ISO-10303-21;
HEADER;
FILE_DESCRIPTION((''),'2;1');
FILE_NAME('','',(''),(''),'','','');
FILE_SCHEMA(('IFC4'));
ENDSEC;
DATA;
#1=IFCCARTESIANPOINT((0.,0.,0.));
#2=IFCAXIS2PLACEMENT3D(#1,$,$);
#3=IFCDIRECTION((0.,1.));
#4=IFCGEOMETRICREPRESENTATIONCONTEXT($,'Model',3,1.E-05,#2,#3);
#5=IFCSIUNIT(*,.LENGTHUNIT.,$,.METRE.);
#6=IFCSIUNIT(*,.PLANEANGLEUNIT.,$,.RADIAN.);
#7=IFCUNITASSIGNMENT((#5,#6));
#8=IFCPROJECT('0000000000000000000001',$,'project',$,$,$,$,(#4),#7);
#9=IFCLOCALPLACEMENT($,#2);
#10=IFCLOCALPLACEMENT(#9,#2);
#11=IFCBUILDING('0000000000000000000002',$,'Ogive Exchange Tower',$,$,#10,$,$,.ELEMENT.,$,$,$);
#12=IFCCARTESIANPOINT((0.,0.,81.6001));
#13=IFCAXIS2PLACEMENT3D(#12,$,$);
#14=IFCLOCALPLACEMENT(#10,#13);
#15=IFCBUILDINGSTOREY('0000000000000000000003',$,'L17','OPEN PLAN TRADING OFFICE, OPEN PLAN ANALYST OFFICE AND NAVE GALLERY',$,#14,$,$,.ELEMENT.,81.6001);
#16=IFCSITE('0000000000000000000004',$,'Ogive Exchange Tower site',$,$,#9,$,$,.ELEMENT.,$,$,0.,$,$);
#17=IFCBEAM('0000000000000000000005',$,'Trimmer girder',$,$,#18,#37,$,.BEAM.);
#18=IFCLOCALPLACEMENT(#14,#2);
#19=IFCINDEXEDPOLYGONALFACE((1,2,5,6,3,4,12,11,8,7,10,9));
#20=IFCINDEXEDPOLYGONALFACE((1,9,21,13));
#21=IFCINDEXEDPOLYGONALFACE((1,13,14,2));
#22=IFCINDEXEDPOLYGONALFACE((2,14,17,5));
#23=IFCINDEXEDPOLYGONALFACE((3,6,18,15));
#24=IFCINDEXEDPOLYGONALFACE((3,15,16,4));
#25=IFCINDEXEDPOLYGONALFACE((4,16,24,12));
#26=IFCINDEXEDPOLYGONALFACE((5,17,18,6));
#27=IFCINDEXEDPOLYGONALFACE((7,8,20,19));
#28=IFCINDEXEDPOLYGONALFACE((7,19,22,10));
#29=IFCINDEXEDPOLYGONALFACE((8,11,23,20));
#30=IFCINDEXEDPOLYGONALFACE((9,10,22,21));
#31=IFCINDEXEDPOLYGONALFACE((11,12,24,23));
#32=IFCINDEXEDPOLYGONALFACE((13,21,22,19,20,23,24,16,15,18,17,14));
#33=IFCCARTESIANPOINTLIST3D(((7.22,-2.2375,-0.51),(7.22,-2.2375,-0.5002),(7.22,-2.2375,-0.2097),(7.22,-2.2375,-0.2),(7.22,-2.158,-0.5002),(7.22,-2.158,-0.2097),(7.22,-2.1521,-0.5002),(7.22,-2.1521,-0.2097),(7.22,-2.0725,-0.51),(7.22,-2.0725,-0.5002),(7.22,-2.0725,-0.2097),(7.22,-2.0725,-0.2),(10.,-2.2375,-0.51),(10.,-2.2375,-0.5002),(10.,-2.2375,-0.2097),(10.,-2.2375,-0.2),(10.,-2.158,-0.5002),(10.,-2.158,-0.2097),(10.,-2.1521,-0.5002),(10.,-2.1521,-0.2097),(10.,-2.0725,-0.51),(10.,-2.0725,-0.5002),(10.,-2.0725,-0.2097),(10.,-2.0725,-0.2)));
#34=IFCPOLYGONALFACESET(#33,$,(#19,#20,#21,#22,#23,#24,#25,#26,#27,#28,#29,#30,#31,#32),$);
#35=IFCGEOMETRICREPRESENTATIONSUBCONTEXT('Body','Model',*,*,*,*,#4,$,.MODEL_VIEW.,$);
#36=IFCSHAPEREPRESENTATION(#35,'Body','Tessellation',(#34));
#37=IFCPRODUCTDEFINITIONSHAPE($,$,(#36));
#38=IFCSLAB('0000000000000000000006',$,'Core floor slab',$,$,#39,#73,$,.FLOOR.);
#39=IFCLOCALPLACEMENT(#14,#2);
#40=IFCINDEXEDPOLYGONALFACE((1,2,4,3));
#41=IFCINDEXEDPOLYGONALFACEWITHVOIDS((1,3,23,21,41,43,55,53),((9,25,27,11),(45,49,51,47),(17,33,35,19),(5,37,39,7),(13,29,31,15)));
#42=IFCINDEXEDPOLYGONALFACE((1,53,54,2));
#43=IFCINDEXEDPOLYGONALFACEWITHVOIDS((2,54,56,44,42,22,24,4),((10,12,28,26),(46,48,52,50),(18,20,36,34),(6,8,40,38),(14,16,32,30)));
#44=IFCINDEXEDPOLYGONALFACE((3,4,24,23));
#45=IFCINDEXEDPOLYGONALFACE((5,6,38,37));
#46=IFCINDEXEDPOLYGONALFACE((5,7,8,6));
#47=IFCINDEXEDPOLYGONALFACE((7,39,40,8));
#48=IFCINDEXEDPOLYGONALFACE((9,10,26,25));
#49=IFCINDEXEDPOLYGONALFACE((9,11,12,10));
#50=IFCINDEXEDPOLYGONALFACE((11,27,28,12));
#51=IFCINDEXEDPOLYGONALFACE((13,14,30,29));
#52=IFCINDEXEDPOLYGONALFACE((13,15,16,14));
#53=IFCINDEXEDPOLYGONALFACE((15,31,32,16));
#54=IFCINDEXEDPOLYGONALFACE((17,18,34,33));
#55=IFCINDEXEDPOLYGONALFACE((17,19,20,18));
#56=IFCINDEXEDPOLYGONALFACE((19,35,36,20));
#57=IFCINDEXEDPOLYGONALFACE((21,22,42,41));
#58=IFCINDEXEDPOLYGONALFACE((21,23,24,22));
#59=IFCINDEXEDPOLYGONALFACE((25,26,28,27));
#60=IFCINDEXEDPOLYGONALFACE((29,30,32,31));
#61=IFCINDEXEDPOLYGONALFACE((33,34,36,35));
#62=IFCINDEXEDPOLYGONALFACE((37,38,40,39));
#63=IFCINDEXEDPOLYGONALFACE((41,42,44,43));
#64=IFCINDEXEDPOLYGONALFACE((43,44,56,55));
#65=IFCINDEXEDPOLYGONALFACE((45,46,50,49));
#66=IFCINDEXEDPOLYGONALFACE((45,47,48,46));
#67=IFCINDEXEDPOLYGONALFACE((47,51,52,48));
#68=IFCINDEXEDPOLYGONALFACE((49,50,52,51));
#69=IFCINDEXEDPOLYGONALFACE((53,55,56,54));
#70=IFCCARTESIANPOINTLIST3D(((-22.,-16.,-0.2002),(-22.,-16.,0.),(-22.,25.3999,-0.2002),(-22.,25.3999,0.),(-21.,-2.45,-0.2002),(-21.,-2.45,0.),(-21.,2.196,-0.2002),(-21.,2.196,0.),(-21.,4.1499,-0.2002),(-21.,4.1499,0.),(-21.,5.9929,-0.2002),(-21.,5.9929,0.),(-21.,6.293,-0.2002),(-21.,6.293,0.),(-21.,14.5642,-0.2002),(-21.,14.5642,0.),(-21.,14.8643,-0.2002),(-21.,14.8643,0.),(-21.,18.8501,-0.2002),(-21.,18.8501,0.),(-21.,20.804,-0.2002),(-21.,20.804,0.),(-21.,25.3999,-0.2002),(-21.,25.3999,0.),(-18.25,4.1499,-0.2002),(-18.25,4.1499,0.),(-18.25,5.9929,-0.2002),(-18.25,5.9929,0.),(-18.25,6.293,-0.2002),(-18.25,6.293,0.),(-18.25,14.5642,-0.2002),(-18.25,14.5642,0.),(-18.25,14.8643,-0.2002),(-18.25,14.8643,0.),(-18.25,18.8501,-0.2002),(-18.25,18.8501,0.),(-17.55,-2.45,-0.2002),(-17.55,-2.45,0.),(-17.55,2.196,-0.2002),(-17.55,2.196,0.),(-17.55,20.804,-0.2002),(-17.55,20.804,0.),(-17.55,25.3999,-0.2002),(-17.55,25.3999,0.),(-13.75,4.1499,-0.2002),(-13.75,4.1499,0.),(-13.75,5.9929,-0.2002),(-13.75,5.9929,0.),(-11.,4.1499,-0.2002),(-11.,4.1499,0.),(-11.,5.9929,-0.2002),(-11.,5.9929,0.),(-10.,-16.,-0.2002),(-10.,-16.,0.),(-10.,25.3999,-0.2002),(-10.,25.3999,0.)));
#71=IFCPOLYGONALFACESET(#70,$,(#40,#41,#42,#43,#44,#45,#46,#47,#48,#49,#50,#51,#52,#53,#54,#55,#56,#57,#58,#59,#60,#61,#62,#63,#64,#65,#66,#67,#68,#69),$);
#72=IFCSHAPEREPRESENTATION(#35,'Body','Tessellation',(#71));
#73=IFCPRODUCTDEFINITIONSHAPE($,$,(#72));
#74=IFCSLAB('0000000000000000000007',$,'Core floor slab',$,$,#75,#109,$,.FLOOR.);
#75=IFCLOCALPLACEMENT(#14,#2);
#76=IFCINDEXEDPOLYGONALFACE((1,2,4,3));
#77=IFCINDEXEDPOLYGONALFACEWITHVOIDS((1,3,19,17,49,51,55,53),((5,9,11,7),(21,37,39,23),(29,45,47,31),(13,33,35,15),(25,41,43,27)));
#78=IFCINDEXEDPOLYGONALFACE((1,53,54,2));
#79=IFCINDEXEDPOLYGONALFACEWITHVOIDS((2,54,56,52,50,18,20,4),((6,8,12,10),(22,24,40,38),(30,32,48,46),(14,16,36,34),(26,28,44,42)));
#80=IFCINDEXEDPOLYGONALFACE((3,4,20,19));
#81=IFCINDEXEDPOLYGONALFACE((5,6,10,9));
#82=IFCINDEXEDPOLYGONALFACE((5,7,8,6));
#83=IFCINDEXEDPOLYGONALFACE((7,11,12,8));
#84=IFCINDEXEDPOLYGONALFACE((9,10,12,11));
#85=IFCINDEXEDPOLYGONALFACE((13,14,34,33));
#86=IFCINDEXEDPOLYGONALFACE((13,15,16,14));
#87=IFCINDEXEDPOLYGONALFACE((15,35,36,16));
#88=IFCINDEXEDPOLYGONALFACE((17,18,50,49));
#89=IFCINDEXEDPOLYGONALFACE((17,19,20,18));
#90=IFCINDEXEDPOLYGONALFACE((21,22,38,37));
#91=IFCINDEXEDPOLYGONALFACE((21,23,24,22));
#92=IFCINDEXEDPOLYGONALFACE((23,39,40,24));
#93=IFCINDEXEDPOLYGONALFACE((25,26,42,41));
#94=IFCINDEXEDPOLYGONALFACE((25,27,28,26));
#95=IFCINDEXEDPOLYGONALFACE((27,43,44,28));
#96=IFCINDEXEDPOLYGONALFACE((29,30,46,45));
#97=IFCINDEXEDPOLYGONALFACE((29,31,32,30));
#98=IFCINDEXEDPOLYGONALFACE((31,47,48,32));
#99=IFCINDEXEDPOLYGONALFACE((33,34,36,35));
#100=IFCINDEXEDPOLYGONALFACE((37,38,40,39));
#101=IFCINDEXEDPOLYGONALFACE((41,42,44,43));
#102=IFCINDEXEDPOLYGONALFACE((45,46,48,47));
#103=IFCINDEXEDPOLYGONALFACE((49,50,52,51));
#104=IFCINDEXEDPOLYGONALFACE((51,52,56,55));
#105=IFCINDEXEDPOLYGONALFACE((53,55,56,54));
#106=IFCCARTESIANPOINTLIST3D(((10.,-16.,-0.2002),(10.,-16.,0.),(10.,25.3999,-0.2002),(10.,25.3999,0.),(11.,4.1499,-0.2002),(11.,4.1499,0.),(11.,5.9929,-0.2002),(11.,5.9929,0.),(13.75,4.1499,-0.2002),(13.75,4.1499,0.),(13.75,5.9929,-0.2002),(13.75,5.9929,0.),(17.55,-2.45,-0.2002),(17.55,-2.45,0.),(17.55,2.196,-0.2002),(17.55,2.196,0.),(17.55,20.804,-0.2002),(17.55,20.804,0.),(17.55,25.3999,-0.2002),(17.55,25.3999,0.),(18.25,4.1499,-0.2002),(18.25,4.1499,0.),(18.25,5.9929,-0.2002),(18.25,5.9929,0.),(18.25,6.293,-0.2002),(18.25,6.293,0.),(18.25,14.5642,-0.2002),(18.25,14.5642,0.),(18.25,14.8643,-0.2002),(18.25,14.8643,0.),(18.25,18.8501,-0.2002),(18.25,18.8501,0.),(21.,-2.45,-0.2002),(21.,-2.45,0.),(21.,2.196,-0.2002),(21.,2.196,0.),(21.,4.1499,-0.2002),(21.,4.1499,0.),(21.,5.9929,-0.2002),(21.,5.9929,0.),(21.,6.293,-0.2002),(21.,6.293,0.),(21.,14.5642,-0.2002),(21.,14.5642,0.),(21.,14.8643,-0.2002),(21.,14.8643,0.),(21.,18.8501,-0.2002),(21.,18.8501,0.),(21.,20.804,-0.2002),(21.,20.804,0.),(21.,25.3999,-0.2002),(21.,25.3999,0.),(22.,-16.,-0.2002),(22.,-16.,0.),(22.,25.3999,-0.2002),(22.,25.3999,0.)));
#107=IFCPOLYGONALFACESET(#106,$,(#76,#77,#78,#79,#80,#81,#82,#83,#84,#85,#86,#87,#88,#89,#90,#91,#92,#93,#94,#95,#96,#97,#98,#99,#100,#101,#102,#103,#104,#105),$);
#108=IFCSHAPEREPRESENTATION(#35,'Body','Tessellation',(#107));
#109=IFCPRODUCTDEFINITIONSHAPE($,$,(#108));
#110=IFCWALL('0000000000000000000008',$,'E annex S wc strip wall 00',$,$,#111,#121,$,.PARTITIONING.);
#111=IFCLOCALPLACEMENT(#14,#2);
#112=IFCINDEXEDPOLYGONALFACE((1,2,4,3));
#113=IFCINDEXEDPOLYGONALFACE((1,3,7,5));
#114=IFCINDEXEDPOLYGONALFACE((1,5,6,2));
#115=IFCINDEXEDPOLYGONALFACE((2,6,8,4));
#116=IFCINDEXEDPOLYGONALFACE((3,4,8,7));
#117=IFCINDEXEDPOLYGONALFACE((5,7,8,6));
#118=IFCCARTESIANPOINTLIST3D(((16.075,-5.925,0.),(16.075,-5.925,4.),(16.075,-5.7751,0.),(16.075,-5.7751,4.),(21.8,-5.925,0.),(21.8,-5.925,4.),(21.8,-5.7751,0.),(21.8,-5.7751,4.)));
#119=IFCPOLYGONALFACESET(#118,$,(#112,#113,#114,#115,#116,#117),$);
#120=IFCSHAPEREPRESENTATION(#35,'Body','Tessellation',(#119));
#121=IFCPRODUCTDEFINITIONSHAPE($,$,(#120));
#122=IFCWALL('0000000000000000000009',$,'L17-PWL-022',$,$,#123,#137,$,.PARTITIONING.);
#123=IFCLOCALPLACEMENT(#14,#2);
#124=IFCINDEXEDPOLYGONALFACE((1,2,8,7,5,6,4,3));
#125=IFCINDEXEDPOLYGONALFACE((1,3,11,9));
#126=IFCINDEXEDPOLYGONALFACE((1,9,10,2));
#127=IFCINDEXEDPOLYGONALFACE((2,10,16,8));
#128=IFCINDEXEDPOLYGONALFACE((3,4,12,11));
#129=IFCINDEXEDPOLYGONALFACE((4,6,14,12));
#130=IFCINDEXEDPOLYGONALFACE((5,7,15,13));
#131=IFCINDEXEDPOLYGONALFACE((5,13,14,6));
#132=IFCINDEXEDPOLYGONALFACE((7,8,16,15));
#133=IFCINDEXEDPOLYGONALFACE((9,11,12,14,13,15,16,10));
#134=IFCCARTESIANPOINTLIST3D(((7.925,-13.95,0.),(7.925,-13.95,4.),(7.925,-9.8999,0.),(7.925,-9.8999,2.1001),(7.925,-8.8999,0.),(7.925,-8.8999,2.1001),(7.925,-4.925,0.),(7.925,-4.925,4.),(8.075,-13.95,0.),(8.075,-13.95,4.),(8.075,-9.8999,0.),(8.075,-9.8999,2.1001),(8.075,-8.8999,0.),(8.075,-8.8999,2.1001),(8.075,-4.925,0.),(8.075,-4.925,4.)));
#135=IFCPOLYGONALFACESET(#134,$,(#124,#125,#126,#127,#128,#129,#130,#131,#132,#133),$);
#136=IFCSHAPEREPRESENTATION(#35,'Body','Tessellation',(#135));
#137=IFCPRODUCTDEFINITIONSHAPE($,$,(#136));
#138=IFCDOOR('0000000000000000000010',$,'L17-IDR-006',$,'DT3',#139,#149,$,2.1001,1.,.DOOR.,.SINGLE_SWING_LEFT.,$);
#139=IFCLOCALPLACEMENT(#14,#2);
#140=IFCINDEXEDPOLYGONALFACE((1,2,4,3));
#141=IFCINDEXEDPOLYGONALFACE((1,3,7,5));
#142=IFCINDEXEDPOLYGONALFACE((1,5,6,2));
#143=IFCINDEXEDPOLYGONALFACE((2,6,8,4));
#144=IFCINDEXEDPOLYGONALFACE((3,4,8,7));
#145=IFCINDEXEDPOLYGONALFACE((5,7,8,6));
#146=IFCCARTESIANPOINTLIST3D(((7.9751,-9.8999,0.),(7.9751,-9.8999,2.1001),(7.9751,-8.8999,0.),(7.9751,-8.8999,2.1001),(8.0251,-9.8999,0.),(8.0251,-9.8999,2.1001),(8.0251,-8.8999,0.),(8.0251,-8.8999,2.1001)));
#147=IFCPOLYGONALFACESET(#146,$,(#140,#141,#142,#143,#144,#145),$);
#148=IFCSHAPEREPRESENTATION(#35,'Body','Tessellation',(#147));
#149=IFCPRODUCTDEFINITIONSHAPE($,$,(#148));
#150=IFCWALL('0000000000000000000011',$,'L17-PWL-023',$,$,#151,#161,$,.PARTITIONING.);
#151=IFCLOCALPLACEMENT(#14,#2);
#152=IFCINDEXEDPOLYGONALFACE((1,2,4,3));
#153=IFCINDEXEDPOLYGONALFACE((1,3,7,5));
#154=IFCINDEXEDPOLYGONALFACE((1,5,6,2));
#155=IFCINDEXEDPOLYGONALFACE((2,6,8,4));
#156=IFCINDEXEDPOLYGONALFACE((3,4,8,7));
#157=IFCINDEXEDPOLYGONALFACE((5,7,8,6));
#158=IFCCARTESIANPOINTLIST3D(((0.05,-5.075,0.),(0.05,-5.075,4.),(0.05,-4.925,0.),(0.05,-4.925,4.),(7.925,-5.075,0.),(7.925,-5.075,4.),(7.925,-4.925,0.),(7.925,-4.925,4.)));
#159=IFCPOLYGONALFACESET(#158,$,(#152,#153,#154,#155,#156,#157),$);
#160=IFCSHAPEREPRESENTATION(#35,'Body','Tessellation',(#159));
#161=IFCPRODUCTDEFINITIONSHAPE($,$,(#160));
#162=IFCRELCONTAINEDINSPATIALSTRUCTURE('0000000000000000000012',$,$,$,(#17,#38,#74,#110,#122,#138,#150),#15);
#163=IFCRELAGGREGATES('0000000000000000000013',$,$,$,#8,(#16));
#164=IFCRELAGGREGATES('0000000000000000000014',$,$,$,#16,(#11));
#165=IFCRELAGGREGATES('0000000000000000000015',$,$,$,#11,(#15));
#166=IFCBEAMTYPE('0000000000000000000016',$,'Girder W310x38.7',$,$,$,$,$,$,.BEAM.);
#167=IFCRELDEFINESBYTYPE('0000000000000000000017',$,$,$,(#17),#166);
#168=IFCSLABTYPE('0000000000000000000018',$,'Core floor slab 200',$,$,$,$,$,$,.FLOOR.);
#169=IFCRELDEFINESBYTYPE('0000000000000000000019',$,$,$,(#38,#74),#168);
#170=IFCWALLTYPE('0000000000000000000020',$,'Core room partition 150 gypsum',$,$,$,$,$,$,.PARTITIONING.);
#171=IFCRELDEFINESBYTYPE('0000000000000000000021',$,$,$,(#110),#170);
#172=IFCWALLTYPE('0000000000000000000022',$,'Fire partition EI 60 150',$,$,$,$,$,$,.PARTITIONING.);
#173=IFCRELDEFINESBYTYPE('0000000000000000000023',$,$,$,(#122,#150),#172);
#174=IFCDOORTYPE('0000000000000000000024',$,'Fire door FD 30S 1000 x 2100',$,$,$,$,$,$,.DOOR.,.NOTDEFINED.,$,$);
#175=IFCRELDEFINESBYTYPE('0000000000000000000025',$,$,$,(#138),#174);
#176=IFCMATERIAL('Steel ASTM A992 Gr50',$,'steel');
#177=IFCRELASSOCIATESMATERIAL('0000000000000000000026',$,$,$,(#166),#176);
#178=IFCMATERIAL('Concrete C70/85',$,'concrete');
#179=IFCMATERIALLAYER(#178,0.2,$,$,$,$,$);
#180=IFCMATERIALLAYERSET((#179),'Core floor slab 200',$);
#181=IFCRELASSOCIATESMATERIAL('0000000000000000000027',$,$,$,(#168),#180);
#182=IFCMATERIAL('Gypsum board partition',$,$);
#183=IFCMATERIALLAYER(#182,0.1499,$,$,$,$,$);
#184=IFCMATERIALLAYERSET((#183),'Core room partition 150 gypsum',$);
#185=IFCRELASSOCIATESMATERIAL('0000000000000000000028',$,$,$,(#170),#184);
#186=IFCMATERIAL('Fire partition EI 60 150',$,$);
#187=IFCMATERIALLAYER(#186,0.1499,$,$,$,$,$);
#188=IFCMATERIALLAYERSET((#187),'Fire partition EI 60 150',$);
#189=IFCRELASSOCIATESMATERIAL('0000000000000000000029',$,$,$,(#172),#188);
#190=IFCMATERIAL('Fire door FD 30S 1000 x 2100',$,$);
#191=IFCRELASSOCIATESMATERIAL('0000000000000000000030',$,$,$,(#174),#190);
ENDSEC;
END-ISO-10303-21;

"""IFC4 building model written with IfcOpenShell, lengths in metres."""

from ifc_helpers import new_model, si_unit, direction, frame, frame_2d, origin, origin_2d, place, context, subcontext, project, spatial, polyline, rectangle, i_section, outline, extrude, material, layer, layer_set, material_profile, profile_set, type_object, element, fill, save


model = new_model("IFC4")

# Units and contexts
model_context = context("Model", 3, precision=1e-05, world=origin(), true_north=direction((0.0, 1.0)))
body_context = subcontext(model_context, "Body", "Model", "MODEL_VIEW")
ifc_project = project(units=[si_unit("LENGTHUNIT", "METRE"), si_unit("PLANEANGLEUNIT", "RADIAN")], contexts=[model_context])

# Site, building, storey
site_placement = place(None, origin())
site = spatial("IfcSite", under=ifc_project, at=site_placement, Name="Ogive Exchange Tower site", CompositionType="ELEMENT", RefElevation=0.0)
building_placement = place(site_placement, origin())
building = spatial("IfcBuilding", under=site, at=building_placement, Name="Ogive Exchange Tower", CompositionType="ELEMENT")
storey_placement = place(building_placement, frame((0.0, 0.0, 81.6001)))
storey = spatial("IfcBuildingStorey", under=building, at=storey_placement, Name="L17", Description="OPEN PLAN TRADING OFFICE, OPEN PLAN ANALYST OFFICE AND NAVE GALLERY", CompositionType="ELEMENT", Elevation=81.6001)

# Beam
ifc_material_1 = material(Name="Steel ASTM A992 Gr50", Category="steel")
ifc_material_profile = material_profile(ifc_material_1, i_section(OverallWidth=0.165, OverallDepth=0.3101, WebThickness=0.0059, FlangeThickness=0.0098, at=origin_2d()), Name="W310x38.7")
ifc_profile_set = profile_set([ifc_material_profile], Name="Steel ASTM A992 Gr50")
beam_type = type_object("IfcBeamType", Name="Girder W310x38.7", PredefinedType="BEAM", material=ifc_profile_set)
beam_placement = place(storey_placement, frame((7.22, -2.155, -0.355), z_axis=(1.0, 0.0, 0.0), x_axis=(0.0, 1.0, 0.0)))
element("IfcBeam", 1, at=beam_placement, inside=storey, type_object=beam_type, Name="Trimmer girder", PredefinedType="BEAM", context=body_context, shape_type="SweptSolid", body=[
    extrude(i_section(OverallWidth=0.165, OverallDepth=0.3101, WebThickness=0.0059, FlangeThickness=0.0098, at=origin_2d()), origin(), (0.0, 0.0, 1.0), 2.78),
])

# Slabs
ifc_material_2 = material(Name="Concrete C70/85", Category="concrete")
ifc_layer_1 = layer(ifc_material_2, 0.2)
ifc_layer_set_1 = layer_set([ifc_layer_1], Name="Core floor slab 200")
slab_type = type_object("IfcSlabType", Name="Core floor slab 200", PredefinedType="FLOOR", material=ifc_layer_set_1)
slab_1_placement = place(storey_placement, frame((0.0, 0.0, -0.2002)))
element("IfcSlab", 2, at=slab_1_placement, inside=storey, type_object=slab_type, Name="Core floor slab", PredefinedType="FLOOR", context=body_context, shape_type="SweptSolid", body=[
    extrude(outline(polyline([(-10.0, 25.3999), (-10.0, -16.0), (-22.0, -16.0), (-22.0, 25.3999), (-21.0, 25.3999), (-21.0, 20.804), (-17.55, 20.804), (-17.55, 25.3999), (-10.0, 25.3999)]), holes=[polyline([(-17.55, 2.196), (-21.0, 2.196), (-21.0, -2.45), (-17.55, -2.45), (-17.55, 2.196)]), polyline([(-18.25, 5.9929), (-21.0, 5.9929), (-21.0, 4.1499), (-18.25, 4.1499), (-18.25, 5.9929)]), polyline([(-11.0, 5.9929), (-13.75, 5.9929), (-13.75, 4.1499), (-11.0, 4.1499), (-11.0, 5.9929)]), polyline([(-21.0, 14.5642), (-21.0, 6.293), (-18.25, 6.293), (-18.25, 14.5642), (-21.0, 14.5642)]), polyline([(-18.25, 18.8501), (-21.0, 18.8501), (-21.0, 14.8643), (-18.25, 14.8643), (-18.25, 18.8501)])]), origin(), (0.0, 0.0, 1.0), 0.2002),
])
slab_2_placement = place(storey_placement, frame((0.0, 0.0, -0.2002)))
element("IfcSlab", 3, at=slab_2_placement, inside=storey, type_object=slab_type, Name="Core floor slab", PredefinedType="FLOOR", context=body_context, shape_type="SweptSolid", body=[
    extrude(outline(polyline([(22.0, 25.3999), (22.0, -16.0), (10.0, -16.0), (10.0, 25.3999), (17.55, 25.3999), (17.55, 20.804), (21.0, 20.804), (21.0, 25.3999), (22.0, 25.3999)]), holes=[polyline([(21.0, 2.196), (17.55, 2.196), (17.55, -2.45), (21.0, -2.45), (21.0, 2.196)]), polyline([(13.75, 5.9929), (11.0, 5.9929), (11.0, 4.1499), (13.75, 4.1499), (13.75, 5.9929)]), polyline([(21.0, 5.9929), (18.25, 5.9929), (18.25, 4.1499), (21.0, 4.1499), (21.0, 5.9929)]), polyline([(18.25, 14.5642), (18.25, 6.293), (21.0, 6.293), (21.0, 14.5642), (18.25, 14.5642)]), polyline([(21.0, 18.8501), (18.25, 18.8501), (18.25, 14.8643), (21.0, 14.8643), (21.0, 18.8501)])]), origin(), (0.0, 0.0, 1.0), 0.2002),
])

# Wall
ifc_material_3 = material(Name="Gypsum board partition")
ifc_layer_2 = layer(ifc_material_3, 0.1499)
ifc_layer_set_2 = layer_set([ifc_layer_2], Name="Core room partition 150 gypsum")
wall_type_1 = type_object("IfcWallType", Name="Core room partition 150 gypsum", PredefinedType="PARTITIONING", material=ifc_layer_set_2)
wall_1_placement = place(storey_placement, frame((16.075, -5.8501, 0.0), z_axis=(0.0, 0.0, 1.0), x_axis=(1.0, 0.0, 0.0)))
element("IfcWall", 4, at=wall_1_placement, inside=storey, type_object=wall_type_1, Name="E annex S wc strip wall 00", PredefinedType="PARTITIONING", context=body_context, shape_type="SweptSolid", body=[
    extrude(rectangle(XDim=5.7251, YDim=0.1499, at=frame_2d((2.8625, 0.0))), origin(), (0.0, 0.0, 1.0), 4.0),
])

# Wall, opening, door
ifc_material_4 = material(Name="Fire partition EI 60 150")
ifc_layer_3 = layer(ifc_material_4, 0.1499)
ifc_layer_set_3 = layer_set([ifc_layer_3], Name="Fire partition EI 60 150")
wall_type_2 = type_object("IfcWallType", Name="Fire partition EI 60 150", PredefinedType="PARTITIONING", material=ifc_layer_set_3)
wall_2_placement = place(storey_placement, frame((8.0, -13.95, 0.0), z_axis=(0.0, 0.0, 1.0), x_axis=(0.0, 1.0, 0.0)))
wall_2 = element("IfcWall", 5, at=wall_2_placement, inside=storey, type_object=wall_type_2, Name="L17-PWL-022", PredefinedType="PARTITIONING", context=body_context, shape_type="SweptSolid", body=[
    extrude(rectangle(XDim=9.0249, YDim=0.1499, at=frame_2d((4.5125, 0.0))), origin(), (0.0, 0.0, 1.0), 4.0),
])
opening_1_placement = place(wall_2_placement, frame((4.05, 0.0, 0.0)))
opening_1 = element("IfcOpeningElement", 6, at=opening_1_placement, cuts=wall_2, PredefinedType="OPENING", context=body_context, shape_type="SweptSolid", body=[
    extrude(rectangle(XDim=1.0, YDim=2.1001, at=frame_2d((0.5, 1.05))), frame((0.0, 0.085, 0.0), z_axis=(0.0, -1.0, 0.0), x_axis=(1.0, 0.0, 0.0)), (0.0, 0.0, 1.0), 0.1699),
])
ifc_material_5 = material(Name="Fire door FD 30S 1000 x 2100")
door_type_1 = type_object("IfcDoorType", Name="Fire door FD 30S 1000 x 2100", OperationType="NOTDEFINED", PredefinedType="DOOR", material=ifc_material_5)
door_1_placement = place(opening_1_placement, origin())
door_1 = element("IfcDoor", 7, at=door_1_placement, inside=storey, type_object=door_type_1, Name="L17-IDR-006", ObjectType="DT3", OperationType="SINGLE_SWING_LEFT", OverallHeight=2.1001, OverallWidth=1.0, PredefinedType="DOOR", context=body_context, shape_type="SweptSolid", body=[
    extrude(rectangle(XDim=1.0, YDim=2.1001, at=frame_2d((0.5, 1.05))), frame((0.0, 0.0249, 0.0), z_axis=(0.0, -1.0, 0.0), x_axis=(1.0, 0.0, 0.0)), (0.0, 0.0, 1.0), 0.05),
])
fill(opening_1, door_1)

# Wall
wall_3_placement = place(storey_placement, frame((7.925, -5.0, 0.0), z_axis=(0.0, 0.0, 1.0), x_axis=(-1.0, 0.0, 0.0)))
element("IfcWall", 8, at=wall_3_placement, inside=storey, type_object=wall_type_2, Name="L17-PWL-023", PredefinedType="PARTITIONING", context=body_context, shape_type="SweptSolid", body=[
    extrude(rectangle(XDim=7.875, YDim=0.1499, at=frame_2d((3.9375, 0.0))), origin(), (0.0, 0.0, 1.0), 4.0),
])

save(model, "model.ifc")
